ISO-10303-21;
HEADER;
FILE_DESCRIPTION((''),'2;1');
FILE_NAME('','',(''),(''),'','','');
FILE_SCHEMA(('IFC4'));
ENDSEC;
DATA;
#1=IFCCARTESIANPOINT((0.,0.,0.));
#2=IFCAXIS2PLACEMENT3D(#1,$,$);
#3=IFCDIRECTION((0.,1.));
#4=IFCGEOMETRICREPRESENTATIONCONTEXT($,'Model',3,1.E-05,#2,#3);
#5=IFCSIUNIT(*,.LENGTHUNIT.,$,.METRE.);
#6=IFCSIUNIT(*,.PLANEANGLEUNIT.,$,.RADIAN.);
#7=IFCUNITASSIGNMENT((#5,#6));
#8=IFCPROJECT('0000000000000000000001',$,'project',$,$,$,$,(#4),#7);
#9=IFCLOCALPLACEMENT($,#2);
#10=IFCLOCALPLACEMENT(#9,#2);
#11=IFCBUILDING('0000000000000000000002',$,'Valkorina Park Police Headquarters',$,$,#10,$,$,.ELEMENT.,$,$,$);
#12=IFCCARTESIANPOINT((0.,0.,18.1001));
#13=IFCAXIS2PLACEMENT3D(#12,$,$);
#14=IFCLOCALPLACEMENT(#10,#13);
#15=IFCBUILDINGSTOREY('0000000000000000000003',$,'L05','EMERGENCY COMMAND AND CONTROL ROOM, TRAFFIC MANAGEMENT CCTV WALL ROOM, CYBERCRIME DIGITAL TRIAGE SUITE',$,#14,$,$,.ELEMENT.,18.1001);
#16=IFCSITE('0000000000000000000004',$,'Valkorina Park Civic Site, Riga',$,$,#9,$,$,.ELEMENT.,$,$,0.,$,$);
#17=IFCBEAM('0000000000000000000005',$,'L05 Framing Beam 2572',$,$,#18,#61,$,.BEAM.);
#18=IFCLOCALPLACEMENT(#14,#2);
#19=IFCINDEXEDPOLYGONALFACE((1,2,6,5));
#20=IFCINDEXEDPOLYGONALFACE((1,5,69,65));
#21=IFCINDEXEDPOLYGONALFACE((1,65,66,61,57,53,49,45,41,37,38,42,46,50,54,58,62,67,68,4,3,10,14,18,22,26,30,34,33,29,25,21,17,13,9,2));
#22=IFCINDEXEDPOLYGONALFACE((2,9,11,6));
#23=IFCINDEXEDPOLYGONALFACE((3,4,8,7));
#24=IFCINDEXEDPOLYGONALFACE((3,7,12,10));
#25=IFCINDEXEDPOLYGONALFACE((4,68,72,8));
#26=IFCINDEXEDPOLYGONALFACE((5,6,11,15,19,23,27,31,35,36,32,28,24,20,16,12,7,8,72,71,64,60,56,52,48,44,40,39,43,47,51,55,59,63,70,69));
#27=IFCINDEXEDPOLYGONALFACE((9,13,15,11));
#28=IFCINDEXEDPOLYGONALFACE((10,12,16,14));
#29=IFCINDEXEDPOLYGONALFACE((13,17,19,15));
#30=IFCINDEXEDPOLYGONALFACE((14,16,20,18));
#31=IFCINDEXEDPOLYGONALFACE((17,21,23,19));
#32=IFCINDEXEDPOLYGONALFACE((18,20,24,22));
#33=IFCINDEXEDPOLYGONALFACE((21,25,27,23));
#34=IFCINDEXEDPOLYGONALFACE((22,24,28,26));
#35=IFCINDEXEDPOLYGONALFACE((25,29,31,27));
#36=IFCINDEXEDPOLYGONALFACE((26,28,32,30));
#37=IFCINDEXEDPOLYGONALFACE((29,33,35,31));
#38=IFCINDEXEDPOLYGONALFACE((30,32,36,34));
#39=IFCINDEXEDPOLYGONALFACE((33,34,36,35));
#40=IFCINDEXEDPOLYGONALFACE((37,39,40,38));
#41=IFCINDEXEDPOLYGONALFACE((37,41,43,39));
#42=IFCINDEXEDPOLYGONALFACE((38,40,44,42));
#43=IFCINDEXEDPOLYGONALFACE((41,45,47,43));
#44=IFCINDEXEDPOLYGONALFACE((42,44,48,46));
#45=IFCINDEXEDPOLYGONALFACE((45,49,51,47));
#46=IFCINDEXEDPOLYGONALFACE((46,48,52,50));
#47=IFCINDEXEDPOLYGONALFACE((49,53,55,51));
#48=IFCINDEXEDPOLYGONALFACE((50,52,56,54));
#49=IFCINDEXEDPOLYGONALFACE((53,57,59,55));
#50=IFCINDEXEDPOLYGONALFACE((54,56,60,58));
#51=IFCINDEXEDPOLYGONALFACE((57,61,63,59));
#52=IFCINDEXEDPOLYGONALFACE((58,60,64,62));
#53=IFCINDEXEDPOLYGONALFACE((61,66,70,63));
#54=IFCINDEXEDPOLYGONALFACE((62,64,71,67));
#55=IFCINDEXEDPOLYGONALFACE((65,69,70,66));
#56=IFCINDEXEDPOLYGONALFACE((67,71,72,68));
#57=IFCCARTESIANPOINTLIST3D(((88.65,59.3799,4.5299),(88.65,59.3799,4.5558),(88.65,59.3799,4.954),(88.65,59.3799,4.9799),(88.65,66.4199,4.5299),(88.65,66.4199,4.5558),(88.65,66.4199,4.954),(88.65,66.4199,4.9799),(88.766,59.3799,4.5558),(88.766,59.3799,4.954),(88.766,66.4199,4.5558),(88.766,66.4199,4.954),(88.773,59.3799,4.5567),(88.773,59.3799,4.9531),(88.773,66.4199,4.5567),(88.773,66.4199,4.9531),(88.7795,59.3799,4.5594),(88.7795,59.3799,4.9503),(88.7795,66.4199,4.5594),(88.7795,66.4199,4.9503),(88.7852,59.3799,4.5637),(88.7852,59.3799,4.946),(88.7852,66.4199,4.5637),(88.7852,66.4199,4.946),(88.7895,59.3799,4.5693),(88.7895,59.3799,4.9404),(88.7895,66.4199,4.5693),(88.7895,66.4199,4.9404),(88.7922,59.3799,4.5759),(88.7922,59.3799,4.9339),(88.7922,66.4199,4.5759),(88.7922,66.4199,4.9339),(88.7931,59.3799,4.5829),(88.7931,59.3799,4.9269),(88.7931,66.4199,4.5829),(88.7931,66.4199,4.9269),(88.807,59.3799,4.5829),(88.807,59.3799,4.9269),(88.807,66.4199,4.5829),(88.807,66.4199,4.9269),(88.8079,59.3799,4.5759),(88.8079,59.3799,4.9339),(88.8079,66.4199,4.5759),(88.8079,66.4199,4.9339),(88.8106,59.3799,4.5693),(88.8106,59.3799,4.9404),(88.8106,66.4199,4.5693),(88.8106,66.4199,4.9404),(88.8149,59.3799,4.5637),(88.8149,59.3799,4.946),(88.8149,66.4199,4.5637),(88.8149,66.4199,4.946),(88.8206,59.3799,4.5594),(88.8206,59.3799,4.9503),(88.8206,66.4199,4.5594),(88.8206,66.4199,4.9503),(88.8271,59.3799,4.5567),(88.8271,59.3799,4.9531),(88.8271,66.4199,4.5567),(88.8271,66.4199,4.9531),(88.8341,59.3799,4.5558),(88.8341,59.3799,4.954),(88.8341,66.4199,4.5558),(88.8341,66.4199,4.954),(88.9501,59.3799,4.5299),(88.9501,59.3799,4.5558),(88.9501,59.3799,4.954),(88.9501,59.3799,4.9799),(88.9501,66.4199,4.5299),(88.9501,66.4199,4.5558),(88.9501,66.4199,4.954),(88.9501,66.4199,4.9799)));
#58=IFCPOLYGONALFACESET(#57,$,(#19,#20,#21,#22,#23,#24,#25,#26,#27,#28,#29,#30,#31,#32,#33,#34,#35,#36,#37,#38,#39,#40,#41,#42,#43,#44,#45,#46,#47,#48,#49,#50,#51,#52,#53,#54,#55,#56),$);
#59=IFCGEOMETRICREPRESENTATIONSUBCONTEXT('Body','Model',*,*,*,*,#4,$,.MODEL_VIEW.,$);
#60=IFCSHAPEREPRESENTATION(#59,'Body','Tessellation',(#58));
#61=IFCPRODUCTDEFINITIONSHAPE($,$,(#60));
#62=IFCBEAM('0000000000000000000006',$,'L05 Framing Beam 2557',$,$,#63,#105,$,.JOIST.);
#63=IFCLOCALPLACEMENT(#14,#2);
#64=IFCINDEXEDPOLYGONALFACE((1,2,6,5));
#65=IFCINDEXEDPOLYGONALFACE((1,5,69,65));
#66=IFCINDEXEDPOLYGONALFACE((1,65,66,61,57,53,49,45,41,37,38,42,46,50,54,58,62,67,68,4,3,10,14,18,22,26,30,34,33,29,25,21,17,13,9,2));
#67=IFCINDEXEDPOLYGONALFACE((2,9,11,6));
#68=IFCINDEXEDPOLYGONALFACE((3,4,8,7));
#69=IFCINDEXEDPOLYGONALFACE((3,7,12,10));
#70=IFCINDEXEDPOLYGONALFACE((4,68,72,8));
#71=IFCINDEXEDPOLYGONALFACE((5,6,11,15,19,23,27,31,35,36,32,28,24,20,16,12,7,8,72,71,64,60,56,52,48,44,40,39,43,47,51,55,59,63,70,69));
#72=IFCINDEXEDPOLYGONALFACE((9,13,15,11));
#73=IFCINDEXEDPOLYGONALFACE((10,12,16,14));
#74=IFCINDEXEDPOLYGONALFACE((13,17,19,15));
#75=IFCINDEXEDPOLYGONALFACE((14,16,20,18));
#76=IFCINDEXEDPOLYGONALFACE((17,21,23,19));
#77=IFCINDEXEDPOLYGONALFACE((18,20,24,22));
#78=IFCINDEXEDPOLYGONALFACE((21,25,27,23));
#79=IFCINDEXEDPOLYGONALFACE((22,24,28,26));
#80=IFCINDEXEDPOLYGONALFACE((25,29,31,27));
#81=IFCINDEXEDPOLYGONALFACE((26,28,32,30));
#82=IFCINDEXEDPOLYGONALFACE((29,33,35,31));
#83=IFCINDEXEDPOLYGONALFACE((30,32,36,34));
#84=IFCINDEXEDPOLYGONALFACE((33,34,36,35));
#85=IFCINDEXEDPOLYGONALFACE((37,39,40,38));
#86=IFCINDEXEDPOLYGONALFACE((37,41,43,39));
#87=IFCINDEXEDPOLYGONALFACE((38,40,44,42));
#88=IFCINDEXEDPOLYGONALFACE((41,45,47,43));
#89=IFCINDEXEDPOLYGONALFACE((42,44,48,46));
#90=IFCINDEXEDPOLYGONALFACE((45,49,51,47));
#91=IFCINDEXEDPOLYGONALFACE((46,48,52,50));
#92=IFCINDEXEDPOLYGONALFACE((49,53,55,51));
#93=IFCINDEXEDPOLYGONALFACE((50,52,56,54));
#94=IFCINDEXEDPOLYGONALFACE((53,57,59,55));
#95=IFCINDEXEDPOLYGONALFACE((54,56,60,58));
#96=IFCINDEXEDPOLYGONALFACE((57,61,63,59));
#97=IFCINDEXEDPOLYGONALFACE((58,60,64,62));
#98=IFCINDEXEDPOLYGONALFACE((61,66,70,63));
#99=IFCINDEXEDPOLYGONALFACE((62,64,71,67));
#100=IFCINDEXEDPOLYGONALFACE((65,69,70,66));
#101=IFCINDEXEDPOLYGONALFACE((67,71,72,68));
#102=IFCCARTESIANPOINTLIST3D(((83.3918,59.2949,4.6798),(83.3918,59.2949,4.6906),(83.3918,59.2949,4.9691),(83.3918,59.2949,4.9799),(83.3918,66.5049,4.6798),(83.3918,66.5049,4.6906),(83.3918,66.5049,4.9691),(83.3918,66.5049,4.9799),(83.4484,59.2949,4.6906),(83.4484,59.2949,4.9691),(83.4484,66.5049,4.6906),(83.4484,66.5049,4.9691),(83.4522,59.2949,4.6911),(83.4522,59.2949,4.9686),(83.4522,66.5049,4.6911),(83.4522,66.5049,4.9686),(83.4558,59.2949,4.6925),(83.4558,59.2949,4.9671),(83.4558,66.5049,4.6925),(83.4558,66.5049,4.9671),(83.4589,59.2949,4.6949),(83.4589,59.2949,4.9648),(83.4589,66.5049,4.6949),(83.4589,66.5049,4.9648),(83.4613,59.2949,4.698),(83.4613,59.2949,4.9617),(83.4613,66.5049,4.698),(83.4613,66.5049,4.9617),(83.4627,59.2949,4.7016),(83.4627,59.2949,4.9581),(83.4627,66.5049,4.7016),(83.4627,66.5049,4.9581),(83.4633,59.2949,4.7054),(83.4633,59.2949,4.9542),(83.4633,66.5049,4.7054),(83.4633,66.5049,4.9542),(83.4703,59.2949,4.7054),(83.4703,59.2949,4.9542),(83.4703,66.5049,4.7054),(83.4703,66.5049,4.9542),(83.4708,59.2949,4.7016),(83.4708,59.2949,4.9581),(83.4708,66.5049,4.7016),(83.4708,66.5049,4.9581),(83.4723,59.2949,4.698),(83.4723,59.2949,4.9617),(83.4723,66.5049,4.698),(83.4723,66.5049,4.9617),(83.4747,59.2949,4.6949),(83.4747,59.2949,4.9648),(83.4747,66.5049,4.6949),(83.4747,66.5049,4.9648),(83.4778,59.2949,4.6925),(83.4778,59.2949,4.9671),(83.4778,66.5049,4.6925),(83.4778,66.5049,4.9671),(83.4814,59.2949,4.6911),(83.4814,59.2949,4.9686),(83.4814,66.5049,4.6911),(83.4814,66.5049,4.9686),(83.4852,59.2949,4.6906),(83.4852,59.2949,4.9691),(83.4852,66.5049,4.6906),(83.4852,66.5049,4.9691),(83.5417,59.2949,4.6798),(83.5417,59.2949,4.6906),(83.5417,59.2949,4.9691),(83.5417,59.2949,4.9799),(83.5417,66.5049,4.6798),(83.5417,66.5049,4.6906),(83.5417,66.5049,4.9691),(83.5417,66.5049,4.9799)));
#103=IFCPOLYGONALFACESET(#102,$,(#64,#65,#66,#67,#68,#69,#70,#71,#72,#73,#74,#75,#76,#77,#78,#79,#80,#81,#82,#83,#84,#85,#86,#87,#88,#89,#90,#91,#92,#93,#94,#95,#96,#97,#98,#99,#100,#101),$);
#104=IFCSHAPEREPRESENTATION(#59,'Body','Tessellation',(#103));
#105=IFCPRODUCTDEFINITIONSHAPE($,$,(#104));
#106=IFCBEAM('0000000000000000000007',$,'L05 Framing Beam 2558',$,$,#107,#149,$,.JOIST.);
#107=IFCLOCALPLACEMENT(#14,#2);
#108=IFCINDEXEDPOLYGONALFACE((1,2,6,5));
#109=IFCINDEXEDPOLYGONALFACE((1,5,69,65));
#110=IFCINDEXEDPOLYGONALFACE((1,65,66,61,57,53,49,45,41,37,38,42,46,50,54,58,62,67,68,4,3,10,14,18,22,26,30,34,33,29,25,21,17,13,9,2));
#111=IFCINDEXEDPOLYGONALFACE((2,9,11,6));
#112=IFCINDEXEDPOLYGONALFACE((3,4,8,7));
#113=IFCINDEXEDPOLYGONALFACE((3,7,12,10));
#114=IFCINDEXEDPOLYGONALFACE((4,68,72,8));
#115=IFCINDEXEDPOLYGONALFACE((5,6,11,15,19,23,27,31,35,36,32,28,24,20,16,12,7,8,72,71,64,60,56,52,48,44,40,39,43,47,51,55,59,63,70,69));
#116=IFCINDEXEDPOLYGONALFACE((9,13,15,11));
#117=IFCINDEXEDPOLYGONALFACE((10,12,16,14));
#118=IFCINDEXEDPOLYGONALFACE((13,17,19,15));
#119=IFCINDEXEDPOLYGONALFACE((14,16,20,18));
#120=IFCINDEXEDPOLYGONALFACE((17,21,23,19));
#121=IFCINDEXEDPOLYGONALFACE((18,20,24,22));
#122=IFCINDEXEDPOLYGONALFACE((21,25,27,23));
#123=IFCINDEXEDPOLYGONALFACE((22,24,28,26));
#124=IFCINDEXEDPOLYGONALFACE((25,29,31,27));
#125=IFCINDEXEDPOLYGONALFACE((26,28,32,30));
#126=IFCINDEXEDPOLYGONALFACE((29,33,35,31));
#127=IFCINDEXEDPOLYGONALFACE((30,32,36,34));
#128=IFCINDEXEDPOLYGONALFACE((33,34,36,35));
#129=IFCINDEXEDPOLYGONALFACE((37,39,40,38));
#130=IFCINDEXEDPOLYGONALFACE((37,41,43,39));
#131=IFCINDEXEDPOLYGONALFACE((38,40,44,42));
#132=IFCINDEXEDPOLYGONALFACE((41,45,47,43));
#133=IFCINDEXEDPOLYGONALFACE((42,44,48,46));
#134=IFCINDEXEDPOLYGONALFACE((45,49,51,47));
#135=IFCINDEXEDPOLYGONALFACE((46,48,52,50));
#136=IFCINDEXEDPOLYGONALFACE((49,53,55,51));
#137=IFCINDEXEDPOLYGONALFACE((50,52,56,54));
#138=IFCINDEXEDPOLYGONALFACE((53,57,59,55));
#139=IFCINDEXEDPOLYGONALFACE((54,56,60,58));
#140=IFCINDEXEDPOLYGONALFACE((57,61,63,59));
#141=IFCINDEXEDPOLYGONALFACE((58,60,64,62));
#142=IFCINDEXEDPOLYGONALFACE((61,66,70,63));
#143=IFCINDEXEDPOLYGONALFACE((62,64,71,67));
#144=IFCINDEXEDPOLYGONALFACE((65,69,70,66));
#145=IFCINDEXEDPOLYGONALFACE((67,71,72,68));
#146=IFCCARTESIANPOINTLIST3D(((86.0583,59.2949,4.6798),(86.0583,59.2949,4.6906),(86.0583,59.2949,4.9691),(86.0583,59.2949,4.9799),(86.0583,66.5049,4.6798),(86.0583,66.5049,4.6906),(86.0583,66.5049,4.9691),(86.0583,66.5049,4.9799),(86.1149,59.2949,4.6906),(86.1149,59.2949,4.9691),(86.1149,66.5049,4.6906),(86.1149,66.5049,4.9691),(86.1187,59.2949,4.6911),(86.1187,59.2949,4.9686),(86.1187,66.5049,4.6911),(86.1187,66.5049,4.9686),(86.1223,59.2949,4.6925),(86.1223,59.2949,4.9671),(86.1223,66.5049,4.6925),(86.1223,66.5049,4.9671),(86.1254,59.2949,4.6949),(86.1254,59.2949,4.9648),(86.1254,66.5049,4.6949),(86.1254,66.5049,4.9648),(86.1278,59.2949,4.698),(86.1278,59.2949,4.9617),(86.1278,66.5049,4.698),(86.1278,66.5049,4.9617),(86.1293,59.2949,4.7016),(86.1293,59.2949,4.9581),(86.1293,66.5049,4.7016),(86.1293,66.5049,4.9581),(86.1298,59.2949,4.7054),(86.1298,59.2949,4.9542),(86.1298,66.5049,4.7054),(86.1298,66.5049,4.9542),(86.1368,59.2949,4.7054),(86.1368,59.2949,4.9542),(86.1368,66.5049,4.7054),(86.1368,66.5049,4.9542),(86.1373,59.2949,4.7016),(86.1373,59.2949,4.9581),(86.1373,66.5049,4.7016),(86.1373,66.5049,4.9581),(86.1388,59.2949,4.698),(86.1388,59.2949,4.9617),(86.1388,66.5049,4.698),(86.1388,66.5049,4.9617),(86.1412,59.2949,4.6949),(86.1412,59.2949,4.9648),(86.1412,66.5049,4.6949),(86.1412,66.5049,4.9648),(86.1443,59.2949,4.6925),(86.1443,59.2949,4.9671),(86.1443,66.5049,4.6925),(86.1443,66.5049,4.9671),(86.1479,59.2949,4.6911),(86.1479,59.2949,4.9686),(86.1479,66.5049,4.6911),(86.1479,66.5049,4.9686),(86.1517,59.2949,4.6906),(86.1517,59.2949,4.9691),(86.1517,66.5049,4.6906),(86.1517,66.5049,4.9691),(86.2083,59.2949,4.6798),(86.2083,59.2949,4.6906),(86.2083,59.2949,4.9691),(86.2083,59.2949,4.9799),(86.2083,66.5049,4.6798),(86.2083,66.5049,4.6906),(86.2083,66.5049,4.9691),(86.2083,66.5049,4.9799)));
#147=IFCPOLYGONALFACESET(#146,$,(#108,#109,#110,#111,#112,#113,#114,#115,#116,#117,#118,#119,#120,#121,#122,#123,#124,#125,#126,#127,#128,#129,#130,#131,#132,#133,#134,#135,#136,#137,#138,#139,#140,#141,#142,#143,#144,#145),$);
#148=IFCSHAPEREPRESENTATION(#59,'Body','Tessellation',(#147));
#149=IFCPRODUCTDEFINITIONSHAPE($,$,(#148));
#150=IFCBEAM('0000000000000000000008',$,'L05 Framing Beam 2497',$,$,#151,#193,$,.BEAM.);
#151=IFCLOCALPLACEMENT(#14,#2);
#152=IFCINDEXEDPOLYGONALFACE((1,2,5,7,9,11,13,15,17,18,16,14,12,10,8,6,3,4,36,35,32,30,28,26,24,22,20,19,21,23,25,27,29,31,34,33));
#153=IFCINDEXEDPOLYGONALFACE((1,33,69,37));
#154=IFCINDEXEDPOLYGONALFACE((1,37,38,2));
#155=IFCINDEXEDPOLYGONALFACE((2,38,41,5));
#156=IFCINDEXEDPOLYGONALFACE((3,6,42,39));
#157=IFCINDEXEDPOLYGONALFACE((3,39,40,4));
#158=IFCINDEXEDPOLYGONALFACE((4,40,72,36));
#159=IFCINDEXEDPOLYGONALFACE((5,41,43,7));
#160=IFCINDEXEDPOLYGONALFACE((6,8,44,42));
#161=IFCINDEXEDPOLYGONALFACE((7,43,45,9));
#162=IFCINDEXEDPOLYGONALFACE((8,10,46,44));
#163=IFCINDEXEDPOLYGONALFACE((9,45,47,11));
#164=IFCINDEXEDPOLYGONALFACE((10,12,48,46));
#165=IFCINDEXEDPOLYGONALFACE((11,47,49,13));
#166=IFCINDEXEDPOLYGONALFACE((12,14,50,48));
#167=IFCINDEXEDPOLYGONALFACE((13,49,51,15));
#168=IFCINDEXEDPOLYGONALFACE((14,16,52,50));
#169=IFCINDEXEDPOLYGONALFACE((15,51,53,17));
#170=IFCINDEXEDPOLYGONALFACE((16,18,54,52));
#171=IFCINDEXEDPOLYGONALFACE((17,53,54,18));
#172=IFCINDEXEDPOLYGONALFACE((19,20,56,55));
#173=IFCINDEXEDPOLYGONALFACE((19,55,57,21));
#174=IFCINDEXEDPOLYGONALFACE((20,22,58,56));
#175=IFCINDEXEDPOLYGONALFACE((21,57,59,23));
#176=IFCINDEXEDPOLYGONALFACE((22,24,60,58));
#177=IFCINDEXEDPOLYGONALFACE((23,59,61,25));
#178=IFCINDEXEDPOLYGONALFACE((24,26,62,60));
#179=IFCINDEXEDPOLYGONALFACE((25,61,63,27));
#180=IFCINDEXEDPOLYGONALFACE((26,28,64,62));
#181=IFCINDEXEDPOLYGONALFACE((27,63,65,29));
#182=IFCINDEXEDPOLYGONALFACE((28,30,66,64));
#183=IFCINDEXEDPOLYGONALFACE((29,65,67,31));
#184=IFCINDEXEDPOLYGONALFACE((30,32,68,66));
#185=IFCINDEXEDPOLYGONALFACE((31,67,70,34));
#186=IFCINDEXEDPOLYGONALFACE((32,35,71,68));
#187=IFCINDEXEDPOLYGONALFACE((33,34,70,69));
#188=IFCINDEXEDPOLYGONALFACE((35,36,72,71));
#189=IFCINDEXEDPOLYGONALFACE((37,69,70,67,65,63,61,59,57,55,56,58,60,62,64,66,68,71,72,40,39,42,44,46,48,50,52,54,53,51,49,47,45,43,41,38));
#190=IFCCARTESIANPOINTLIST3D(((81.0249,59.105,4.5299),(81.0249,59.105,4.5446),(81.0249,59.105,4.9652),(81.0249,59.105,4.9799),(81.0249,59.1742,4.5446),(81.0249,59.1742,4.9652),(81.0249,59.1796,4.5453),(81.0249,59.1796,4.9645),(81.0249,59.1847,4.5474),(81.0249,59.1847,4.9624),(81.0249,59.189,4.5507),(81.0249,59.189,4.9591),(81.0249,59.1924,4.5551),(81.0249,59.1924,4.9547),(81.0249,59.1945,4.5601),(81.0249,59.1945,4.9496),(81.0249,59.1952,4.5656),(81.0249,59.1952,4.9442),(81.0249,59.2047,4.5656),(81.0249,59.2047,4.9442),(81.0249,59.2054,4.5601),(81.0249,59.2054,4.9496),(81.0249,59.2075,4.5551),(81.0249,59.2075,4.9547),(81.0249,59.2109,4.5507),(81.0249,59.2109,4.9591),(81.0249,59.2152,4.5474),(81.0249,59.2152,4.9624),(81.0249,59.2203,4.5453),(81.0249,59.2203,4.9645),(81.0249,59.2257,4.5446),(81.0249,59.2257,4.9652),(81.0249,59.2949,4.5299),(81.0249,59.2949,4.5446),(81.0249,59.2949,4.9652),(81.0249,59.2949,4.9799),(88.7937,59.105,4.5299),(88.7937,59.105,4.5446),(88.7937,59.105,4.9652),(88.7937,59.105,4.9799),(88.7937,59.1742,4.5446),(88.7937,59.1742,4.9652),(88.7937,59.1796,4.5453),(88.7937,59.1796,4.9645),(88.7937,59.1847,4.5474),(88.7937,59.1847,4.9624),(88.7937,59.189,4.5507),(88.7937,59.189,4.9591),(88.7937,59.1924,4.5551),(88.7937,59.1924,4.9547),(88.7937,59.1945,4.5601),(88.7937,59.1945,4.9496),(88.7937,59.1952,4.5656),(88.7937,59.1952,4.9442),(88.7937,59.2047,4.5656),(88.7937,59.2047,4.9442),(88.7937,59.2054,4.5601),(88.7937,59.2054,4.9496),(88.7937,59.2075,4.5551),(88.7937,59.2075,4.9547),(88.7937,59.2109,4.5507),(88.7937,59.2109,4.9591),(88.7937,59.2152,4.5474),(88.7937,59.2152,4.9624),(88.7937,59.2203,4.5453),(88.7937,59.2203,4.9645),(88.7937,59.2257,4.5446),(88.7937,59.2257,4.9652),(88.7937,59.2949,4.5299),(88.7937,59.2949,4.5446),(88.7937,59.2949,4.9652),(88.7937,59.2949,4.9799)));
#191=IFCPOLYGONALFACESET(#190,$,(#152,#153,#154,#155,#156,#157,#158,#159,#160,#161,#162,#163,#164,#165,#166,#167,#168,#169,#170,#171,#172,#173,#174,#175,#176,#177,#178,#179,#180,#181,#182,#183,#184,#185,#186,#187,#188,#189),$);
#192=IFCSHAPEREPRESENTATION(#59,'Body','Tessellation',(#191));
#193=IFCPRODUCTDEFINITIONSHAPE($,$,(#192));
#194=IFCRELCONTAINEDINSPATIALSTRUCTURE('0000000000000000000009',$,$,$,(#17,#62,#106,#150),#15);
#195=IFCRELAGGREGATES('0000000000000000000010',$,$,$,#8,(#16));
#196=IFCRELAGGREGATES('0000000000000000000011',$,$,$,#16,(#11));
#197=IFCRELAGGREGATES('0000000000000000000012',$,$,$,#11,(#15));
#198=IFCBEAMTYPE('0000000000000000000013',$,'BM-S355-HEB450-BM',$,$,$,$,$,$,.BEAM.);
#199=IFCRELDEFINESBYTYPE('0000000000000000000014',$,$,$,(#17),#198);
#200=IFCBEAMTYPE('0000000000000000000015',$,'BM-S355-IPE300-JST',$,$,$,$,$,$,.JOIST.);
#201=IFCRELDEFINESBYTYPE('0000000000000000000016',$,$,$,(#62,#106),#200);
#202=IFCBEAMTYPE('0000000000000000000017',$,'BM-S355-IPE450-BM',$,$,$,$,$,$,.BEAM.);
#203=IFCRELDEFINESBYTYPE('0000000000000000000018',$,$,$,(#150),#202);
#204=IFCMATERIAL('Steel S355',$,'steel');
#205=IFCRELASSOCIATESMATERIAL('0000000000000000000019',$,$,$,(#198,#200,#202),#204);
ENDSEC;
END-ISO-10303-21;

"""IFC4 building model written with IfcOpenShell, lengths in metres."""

from ifc_helpers import new_model, si_unit, direction, frame, origin, origin_2d, place, context, subcontext, project, spatial, i_section, extrude, material, material_profile, profile_set, type_object, element, save


model = new_model("IFC4")

# Units and contexts
model_context = context("Model", 3, precision=1e-05, world=origin(), true_north=direction((0.0, 1.0)))
body_context = subcontext(model_context, "Body", "Model", "MODEL_VIEW")
ifc_project = project(units=[si_unit("LENGTHUNIT", "METRE"), si_unit("PLANEANGLEUNIT", "RADIAN")], contexts=[model_context])

# Site, building, storey
site_placement = place(None, origin())
site = spatial("IfcSite", under=ifc_project, at=site_placement, Name="Valkorina Park Civic Site, Riga", CompositionType="ELEMENT", RefElevation=0.0)
building_placement = place(site_placement, origin())
building = spatial("IfcBuilding", under=site, at=building_placement, Name="Valkorina Park Police Headquarters", CompositionType="ELEMENT")
storey_placement = place(building_placement, frame((0.0, 0.0, 18.1001)))
storey = spatial("IfcBuildingStorey", under=building, at=storey_placement, Name="L05", Description="EMERGENCY COMMAND AND CONTROL ROOM, TRAFFIC MANAGEMENT CCTV WALL ROOM, CYBERCRIME DIGITAL TRIAGE SUITE", CompositionType="ELEMENT", Elevation=18.1001)

# Shared definitions
ifc_material_1 = material(Name="Steel S355", Category="steel")

# Beams
ifc_material_profile_1 = material_profile(ifc_material_1, i_section(OverallWidth=0.3, OverallDepth=0.45, WebThickness=0.0139, FlangeThickness=0.0259, FilletRadius=0.0271, at=origin_2d()), Name="HEB 450")
ifc_profile_set_1 = profile_set([ifc_material_profile_1], Name="Steel S355")
beam_type_1 = type_object("IfcBeamType", Name="BM-S355-HEB450-BM", PredefinedType="BEAM", material=ifc_profile_set_1)
beam_1_placement = place(storey_placement, frame((88.8, 59.3799, 4.7549), z_axis=(0.0, 1.0, 0.0), x_axis=(-1.0, 0.0, 0.0)))
element("IfcBeam", 1, at=beam_1_placement, inside=storey, type_object=beam_type_1, Name="L05 Framing Beam 2572", PredefinedType="BEAM", context=body_context, shape_type="SweptSolid", body=[
    extrude(i_section(OverallWidth=0.3, OverallDepth=0.45, WebThickness=0.0139, FlangeThickness=0.0259, FilletRadius=0.0271, at=origin_2d()), origin(), (0.0, 0.0, 1.0), 7.04),
])
ifc_material_profile_2 = material_profile(ifc_material_1, i_section(OverallWidth=0.1499, OverallDepth=0.3, WebThickness=0.0071, FlangeThickness=0.0107, FilletRadius=0.0149, at=origin_2d()), Name="IPE 300")
ifc_profile_set_2 = profile_set([ifc_material_profile_2], Name="Steel S355")
beam_type_2 = type_object("IfcBeamType", Name="BM-S355-IPE300-JST", PredefinedType="JOIST", material=ifc_profile_set_2)
for number, where, z_axis, x_axis, name in (
    (2, (83.4668, 59.2949, 4.8298), (0.0, 1.0, 0.0), (-1.0, 0.0, 0.0), "L05 Framing Beam 2557"),
    (3, (86.1333, 59.2949, 4.8298), (0.0, 1.0, 0.0), (-1.0, 0.0, 0.0), "L05 Framing Beam 2558"),
):
    element("IfcBeam", number, at=place(storey_placement, frame(where, z_axis=z_axis, x_axis=x_axis)), inside=storey, type_object=beam_type_2, Name=name, PredefinedType="JOIST", context=body_context, shape_type="SweptSolid", body=[
        extrude(i_section(OverallWidth=0.1499, OverallDepth=0.3, WebThickness=0.0071, FlangeThickness=0.0107, FilletRadius=0.0149, at=origin_2d()), origin(), (0.0, 0.0, 1.0), 7.21),
    ])
ifc_material_profile_3 = material_profile(ifc_material_1, i_section(OverallWidth=0.1899, OverallDepth=0.45, WebThickness=0.0095, FlangeThickness=0.0146, FilletRadius=0.021, at=origin_2d()), Name="IPE 450")
ifc_profile_set_3 = profile_set([ifc_material_profile_3], Name="Steel S355")
beam_type_3 = type_object("IfcBeamType", Name="BM-S355-IPE450-BM", PredefinedType="BEAM", material=ifc_profile_set_3)
beam_2_placement = place(storey_placement, frame((81.0249, 59.2, 4.7549), z_axis=(1.0, 0.0, 0.0), x_axis=(0.0, 1.0, 0.0)))
element("IfcBeam", 4, at=beam_2_placement, inside=storey, type_object=beam_type_3, Name="L05 Framing Beam 2497", PredefinedType="BEAM", context=body_context, shape_type="SweptSolid", body=[
    extrude(i_section(OverallWidth=0.1899, OverallDepth=0.45, WebThickness=0.0095, FlangeThickness=0.0146, FilletRadius=0.021, at=origin_2d()), origin(), (0.0, 0.0, 1.0), 7.7688),
])

save(model, "model.ifc")
